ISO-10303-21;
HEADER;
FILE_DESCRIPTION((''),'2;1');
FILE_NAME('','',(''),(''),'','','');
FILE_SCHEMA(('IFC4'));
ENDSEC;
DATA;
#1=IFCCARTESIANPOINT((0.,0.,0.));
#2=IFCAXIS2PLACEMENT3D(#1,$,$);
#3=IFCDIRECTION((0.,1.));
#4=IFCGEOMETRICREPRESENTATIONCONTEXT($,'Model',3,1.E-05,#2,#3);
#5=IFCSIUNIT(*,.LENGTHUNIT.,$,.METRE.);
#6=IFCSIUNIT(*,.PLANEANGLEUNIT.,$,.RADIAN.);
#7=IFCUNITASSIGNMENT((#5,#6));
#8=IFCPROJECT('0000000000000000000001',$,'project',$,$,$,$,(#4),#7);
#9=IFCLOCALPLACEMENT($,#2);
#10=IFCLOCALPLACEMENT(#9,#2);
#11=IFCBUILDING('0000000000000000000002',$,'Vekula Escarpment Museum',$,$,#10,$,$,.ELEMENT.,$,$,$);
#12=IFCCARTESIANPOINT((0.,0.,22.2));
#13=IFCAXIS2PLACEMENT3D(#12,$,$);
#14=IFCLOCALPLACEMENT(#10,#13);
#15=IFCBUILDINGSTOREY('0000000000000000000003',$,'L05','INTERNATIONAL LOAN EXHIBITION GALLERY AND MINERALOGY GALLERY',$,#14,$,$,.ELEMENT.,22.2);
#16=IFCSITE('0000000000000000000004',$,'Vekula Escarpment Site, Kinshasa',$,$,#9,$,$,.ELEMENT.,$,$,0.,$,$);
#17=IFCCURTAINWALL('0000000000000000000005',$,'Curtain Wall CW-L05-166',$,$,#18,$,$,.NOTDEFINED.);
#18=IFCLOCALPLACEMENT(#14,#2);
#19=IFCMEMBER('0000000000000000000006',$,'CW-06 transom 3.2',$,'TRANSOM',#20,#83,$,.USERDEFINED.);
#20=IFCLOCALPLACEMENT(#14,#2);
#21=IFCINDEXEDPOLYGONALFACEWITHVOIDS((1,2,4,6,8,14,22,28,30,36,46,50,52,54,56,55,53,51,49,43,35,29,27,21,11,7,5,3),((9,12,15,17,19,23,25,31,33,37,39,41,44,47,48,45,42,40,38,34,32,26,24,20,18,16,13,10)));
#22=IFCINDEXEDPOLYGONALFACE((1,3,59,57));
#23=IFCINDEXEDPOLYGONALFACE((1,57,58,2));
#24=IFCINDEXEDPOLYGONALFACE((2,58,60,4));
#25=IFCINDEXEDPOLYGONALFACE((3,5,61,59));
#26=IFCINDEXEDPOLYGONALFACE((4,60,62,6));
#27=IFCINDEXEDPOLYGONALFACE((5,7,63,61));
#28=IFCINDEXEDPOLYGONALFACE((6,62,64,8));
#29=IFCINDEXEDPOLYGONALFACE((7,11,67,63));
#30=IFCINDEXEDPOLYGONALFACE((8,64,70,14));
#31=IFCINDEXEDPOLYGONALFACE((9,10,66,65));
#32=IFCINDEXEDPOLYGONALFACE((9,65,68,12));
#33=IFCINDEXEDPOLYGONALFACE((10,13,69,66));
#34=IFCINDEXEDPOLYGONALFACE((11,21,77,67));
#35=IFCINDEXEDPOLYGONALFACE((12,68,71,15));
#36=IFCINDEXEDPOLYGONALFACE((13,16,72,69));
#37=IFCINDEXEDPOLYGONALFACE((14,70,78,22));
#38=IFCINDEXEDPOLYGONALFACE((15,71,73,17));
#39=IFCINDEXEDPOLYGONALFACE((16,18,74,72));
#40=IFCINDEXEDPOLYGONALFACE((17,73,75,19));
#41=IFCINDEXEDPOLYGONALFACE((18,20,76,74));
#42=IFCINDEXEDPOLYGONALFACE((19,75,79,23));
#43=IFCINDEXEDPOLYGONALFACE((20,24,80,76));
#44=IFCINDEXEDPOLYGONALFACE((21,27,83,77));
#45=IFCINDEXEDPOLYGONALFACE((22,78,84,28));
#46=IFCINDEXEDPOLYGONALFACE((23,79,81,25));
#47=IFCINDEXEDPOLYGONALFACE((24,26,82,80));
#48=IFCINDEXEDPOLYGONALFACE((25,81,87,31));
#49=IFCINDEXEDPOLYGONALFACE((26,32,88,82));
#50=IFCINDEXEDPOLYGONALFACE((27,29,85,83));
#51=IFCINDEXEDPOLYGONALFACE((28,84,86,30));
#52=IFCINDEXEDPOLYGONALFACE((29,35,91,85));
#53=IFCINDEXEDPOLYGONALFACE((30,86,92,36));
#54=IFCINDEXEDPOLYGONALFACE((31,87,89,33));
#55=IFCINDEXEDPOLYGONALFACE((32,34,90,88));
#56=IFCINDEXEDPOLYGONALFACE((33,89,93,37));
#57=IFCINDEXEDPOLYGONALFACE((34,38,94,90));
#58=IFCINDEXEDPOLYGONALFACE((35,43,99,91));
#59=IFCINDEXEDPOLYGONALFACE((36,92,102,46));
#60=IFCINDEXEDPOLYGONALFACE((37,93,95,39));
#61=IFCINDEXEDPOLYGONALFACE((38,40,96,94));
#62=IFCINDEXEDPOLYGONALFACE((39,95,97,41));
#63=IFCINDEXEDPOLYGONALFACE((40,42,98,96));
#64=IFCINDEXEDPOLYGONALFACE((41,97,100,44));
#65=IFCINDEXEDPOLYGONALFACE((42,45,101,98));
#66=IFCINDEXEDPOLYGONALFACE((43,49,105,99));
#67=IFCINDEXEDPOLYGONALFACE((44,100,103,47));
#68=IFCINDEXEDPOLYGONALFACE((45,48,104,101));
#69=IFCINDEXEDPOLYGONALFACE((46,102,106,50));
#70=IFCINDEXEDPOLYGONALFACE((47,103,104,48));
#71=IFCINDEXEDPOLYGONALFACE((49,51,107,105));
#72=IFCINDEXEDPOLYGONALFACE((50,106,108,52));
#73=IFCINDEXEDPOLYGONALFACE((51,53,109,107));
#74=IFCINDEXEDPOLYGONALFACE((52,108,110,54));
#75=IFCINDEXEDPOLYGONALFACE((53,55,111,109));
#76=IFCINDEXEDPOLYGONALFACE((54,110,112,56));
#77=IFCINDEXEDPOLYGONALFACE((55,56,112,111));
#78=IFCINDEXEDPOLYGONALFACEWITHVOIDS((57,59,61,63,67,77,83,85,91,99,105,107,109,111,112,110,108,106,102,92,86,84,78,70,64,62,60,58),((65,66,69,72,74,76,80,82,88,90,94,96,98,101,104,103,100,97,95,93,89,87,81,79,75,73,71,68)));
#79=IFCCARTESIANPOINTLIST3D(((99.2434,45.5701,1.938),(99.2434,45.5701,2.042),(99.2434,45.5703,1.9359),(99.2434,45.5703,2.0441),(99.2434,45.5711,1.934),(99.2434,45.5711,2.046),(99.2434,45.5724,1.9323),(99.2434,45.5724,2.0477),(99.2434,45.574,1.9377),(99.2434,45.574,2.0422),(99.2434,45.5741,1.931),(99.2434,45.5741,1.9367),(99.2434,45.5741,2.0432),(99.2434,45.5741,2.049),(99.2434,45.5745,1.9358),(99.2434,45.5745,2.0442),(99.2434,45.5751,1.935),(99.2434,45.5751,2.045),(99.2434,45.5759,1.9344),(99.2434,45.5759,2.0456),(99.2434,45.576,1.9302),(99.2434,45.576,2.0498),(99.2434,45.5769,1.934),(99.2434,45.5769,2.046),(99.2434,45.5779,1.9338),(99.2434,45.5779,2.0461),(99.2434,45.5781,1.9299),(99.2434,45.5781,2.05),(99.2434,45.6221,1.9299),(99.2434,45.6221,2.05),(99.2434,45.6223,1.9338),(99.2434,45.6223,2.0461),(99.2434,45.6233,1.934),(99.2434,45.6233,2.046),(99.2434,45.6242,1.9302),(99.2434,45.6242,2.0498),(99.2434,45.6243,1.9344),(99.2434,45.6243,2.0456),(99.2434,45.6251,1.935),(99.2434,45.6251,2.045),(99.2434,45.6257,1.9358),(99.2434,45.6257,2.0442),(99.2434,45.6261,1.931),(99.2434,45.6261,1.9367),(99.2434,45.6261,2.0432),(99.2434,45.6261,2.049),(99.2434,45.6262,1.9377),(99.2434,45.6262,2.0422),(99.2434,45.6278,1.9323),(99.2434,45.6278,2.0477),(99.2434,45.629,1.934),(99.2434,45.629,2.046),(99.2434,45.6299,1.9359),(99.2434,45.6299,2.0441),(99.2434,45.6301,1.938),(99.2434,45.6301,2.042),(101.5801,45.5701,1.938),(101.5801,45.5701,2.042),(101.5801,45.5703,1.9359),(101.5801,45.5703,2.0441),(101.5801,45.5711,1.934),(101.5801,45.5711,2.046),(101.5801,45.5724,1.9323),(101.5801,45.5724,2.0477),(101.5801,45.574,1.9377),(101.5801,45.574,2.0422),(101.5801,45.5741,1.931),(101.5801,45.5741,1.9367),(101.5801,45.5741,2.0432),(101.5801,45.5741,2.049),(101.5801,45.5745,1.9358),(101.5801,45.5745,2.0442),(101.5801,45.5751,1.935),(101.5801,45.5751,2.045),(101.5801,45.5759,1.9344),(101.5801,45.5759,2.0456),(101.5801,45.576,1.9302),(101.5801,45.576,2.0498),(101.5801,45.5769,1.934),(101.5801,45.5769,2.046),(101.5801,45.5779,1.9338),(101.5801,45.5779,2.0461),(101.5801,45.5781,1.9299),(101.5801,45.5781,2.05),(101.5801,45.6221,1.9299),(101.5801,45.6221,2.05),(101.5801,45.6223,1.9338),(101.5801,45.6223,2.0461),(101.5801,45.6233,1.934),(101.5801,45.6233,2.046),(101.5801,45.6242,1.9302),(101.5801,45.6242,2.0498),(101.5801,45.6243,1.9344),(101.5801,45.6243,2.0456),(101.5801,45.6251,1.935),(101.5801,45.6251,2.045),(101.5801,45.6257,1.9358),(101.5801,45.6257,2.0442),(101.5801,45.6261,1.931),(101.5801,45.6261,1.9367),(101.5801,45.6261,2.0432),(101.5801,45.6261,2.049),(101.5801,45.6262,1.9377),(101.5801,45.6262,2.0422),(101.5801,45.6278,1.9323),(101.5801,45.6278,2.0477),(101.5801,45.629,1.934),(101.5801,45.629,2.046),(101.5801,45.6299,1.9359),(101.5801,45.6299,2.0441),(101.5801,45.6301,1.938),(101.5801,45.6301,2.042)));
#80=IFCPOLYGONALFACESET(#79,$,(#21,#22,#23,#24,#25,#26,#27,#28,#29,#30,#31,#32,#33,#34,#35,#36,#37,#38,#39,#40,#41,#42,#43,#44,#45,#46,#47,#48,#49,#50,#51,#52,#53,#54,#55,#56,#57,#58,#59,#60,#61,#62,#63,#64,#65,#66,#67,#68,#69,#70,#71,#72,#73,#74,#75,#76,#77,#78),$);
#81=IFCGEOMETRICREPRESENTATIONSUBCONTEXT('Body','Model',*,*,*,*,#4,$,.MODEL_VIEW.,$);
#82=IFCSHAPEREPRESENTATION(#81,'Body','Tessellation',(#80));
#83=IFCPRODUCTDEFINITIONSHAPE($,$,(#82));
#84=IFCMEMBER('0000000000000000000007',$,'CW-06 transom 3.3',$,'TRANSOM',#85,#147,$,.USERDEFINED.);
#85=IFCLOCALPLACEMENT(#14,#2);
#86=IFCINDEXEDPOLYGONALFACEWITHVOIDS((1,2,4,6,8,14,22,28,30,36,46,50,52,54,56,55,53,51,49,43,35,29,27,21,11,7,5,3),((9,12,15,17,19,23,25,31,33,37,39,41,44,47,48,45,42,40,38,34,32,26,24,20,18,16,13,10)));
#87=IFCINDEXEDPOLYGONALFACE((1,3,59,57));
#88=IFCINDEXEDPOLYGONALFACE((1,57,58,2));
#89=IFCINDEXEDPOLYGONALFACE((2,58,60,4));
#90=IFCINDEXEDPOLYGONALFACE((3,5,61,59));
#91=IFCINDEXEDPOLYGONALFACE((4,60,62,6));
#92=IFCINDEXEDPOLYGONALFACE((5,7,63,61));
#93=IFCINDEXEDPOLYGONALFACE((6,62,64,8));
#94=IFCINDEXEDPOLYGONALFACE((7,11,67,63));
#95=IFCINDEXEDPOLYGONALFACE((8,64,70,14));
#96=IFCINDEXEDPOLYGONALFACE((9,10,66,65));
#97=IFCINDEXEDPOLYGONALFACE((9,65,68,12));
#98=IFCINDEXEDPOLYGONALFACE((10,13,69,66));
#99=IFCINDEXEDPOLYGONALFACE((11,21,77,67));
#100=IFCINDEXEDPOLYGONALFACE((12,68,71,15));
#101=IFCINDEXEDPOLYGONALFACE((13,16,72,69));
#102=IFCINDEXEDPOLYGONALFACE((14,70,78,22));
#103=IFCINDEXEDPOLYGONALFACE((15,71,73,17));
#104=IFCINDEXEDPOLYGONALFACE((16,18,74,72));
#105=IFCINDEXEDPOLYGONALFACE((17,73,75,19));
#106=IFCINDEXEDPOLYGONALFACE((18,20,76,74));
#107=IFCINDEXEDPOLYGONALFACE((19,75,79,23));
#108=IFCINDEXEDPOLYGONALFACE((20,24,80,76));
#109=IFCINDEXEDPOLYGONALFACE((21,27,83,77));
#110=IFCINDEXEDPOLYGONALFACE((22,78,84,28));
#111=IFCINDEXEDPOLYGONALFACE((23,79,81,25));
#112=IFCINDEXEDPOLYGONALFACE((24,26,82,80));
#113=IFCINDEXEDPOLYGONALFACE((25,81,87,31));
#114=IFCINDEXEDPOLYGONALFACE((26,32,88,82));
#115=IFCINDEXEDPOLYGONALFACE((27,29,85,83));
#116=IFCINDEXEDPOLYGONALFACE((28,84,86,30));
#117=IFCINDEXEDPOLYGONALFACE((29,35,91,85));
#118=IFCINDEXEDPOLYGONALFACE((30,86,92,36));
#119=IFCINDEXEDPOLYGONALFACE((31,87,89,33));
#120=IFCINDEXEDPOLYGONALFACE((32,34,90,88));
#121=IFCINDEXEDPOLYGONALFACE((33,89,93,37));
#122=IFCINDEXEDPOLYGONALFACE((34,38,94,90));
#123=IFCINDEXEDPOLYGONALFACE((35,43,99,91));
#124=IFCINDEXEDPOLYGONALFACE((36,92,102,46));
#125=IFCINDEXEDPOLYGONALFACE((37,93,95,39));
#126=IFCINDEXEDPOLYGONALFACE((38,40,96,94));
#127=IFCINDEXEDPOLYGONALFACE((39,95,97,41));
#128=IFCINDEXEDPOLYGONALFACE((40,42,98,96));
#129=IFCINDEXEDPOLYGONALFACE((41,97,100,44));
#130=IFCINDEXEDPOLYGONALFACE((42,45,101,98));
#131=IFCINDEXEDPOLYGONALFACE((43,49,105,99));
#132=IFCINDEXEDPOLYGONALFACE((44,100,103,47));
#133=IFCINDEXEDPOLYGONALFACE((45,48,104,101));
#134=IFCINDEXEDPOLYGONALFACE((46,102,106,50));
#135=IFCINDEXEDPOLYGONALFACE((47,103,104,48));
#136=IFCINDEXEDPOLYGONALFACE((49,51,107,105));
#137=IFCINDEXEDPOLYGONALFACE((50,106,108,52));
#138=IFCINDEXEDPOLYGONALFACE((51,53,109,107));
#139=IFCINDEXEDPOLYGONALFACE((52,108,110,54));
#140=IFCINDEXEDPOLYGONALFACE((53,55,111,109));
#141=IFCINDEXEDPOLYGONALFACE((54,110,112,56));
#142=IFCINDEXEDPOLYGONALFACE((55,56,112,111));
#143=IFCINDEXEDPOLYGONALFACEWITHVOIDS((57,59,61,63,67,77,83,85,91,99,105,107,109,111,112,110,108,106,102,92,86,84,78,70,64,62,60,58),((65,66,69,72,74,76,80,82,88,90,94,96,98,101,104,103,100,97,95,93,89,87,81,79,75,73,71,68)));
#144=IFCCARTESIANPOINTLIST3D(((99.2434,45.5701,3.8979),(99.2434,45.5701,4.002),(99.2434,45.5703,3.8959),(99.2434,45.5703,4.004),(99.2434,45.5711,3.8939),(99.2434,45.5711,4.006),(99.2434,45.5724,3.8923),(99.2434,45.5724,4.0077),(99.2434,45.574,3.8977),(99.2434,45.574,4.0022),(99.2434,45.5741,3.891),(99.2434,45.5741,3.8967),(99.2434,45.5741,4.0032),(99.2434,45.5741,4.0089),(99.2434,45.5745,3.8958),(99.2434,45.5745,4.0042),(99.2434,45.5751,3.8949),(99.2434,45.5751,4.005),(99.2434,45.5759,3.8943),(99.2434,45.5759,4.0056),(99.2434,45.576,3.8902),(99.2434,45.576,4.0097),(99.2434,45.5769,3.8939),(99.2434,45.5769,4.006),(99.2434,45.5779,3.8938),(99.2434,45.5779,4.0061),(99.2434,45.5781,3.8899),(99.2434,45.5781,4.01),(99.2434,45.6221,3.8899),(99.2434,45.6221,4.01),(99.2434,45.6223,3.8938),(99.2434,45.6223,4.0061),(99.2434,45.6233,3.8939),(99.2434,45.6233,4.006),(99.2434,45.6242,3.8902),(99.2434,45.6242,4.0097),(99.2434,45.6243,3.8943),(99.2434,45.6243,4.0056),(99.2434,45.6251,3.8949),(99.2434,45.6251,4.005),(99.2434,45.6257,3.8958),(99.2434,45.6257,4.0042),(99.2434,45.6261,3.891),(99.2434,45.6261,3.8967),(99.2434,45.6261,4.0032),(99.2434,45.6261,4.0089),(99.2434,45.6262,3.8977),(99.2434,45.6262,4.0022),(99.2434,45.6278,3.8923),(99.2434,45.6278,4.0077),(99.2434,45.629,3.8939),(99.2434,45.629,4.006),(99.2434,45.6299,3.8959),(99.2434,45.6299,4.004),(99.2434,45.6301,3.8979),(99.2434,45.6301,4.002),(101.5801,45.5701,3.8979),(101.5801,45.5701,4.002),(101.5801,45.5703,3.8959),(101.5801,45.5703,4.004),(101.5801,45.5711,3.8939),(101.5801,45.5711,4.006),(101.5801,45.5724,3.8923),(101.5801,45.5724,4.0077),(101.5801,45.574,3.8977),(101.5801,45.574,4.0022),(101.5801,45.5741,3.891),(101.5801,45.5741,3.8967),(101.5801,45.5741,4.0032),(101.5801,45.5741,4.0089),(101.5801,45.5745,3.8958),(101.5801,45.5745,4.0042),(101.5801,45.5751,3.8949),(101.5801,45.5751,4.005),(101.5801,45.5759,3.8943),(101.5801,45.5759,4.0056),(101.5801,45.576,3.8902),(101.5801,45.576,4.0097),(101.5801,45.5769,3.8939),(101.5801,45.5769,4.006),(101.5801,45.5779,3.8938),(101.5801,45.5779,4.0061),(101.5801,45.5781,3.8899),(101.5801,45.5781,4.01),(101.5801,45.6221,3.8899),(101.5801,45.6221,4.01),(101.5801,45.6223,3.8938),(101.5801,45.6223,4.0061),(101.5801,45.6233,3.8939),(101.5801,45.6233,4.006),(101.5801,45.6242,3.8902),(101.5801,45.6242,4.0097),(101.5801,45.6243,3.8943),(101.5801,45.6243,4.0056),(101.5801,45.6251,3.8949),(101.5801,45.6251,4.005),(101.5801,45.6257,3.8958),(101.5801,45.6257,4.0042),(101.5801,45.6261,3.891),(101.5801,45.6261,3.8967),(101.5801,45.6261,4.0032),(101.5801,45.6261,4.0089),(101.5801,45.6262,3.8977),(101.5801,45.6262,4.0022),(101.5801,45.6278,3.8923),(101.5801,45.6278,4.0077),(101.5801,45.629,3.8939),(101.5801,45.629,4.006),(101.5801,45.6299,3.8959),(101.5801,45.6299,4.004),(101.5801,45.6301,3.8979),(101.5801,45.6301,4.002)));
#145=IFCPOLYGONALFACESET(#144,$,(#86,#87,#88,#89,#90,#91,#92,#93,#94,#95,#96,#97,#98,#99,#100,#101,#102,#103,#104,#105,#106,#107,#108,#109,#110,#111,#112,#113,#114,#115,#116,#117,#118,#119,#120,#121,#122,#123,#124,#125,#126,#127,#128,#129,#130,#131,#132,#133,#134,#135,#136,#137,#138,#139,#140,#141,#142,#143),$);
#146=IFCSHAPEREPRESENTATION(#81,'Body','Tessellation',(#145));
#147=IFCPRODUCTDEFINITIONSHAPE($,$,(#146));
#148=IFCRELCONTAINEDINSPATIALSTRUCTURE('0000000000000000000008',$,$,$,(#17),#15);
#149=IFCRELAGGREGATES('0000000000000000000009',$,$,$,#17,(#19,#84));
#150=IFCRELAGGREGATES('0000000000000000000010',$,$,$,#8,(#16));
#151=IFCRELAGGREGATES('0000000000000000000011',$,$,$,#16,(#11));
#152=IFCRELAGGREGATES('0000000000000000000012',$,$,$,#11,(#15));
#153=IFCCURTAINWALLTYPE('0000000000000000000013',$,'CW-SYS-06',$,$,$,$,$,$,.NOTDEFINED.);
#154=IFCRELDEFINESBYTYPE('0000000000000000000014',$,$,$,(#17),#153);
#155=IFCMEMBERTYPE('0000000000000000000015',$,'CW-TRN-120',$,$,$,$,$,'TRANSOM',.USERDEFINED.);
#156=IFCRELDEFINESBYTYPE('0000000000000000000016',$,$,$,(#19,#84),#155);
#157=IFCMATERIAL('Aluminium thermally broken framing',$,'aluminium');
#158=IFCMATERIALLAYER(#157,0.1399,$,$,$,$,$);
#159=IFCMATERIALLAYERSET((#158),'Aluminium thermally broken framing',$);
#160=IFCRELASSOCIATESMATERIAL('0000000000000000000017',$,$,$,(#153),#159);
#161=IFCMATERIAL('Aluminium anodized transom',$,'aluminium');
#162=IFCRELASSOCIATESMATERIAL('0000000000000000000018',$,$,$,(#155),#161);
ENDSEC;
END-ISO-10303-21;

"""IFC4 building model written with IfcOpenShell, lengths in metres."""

from ifc_helpers import new_model, si_unit, direction, frame, origin, origin_2d, place, context, subcontext, project, spatial, hollow_rectangle, extrude, material, layer, layer_set, material_profile, profile_set, type_object, element, aggregate, save


model = new_model("IFC4")

# Units and contexts
model_context = context("Model", 3, precision=1e-05, world=origin(), true_north=direction((0.0, 1.0)))
body_context = subcontext(model_context, "Body", "Model", "MODEL_VIEW")
ifc_project = project(units=[si_unit("LENGTHUNIT", "METRE"), si_unit("PLANEANGLEUNIT", "RADIAN")], contexts=[model_context])

# Site, building, storey
site_placement = place(None, origin())
site = spatial("IfcSite", under=ifc_project, at=site_placement, Name="Vekula Escarpment Site, Kinshasa", CompositionType="ELEMENT", RefElevation=0.0)
building_placement = place(site_placement, origin())
building = spatial("IfcBuilding", under=site, at=building_placement, Name="Vekula Escarpment Museum", CompositionType="ELEMENT")
storey_placement = place(building_placement, frame((0.0, 0.0, 22.2)))
storey = spatial("IfcBuildingStorey", under=building, at=storey_placement, Name="L05", Description="INTERNATIONAL LOAN EXHIBITION GALLERY AND MINERALOGY GALLERY", CompositionType="ELEMENT", Elevation=22.2)

# Curtain wall
ifc_material_1 = material(Name="Aluminium thermally broken framing", Category="aluminium")
ifc_layer_1 = layer(ifc_material_1, 0.1399)
ifc_layer_set_1 = layer_set([ifc_layer_1], Name="Aluminium thermally broken framing")
curtain_wall_type_1 = type_object("IfcCurtainWallType", Name="CW-SYS-06", PredefinedType="NOTDEFINED", material=ifc_layer_set_1)
curtain_wall_1_placement = place(storey_placement, origin())
curtain_wall_1 = element("IfcCurtainWall", 1, at=curtain_wall_1_placement, inside=storey, type_object=curtain_wall_type_1, Name="Curtain Wall CW-L05-166", PredefinedType="NOTDEFINED")

# Members
ifc_material_2 = material(Name="Aluminium anodized transom", Category="aluminium")
ifc_material_profile_1 = material_profile(ifc_material_2, hollow_rectangle(XDim=0.0601, YDim=0.1201, WallThickness=0.0039, InnerFilletRadius=0.0039, OuterFilletRadius=0.0081, at=origin_2d()), Name="ALU 120x60x4")
ifc_profile_set_1 = profile_set([ifc_material_profile_1], Name="Aluminium anodized transom")
member_type_1 = type_object("IfcMemberType", Name="CW-TRN-120", ElementType="TRANSOM", PredefinedType="USERDEFINED", material=ifc_profile_set_1)
member_1_placement = place(storey_placement, frame((99.2434, 45.6001, 1.99), z_axis=(1.0, 0.0, 0.0), x_axis=(0.0, 1.0, 0.0)))
member_1 = element("IfcMember", 2, at=member_1_placement, type_object=member_type_1, Name="CW-06 transom 3.2", ObjectType="TRANSOM", PredefinedType="USERDEFINED", context=body_context, shape_type="SweptSolid", body=[
    extrude(hollow_rectangle(XDim=0.0601, YDim=0.1201, WallThickness=0.0039, InnerFilletRadius=0.0039, OuterFilletRadius=0.0081, at=origin_2d()), origin(), (0.0, 0.0, 1.0), 2.3367),
])
member_2_placement = place(storey_placement, frame((99.2434, 45.6001, 3.95), z_axis=(1.0, 0.0, 0.0), x_axis=(0.0, 1.0, 0.0)))
member_2 = element("IfcMember", 3, at=member_2_placement, type_object=member_type_1, Name="CW-06 transom 3.3", ObjectType="TRANSOM", PredefinedType="USERDEFINED", context=body_context, shape_type="SweptSolid", body=[
    extrude(hollow_rectangle(XDim=0.0601, YDim=0.1201, WallThickness=0.0039, InnerFilletRadius=0.0039, OuterFilletRadius=0.0081, at=origin_2d()), origin(), (0.0, 0.0, 1.0), 2.3367),
])

aggregate(curtain_wall_1, [member_1, member_2])

save(model, "model.ifc")
